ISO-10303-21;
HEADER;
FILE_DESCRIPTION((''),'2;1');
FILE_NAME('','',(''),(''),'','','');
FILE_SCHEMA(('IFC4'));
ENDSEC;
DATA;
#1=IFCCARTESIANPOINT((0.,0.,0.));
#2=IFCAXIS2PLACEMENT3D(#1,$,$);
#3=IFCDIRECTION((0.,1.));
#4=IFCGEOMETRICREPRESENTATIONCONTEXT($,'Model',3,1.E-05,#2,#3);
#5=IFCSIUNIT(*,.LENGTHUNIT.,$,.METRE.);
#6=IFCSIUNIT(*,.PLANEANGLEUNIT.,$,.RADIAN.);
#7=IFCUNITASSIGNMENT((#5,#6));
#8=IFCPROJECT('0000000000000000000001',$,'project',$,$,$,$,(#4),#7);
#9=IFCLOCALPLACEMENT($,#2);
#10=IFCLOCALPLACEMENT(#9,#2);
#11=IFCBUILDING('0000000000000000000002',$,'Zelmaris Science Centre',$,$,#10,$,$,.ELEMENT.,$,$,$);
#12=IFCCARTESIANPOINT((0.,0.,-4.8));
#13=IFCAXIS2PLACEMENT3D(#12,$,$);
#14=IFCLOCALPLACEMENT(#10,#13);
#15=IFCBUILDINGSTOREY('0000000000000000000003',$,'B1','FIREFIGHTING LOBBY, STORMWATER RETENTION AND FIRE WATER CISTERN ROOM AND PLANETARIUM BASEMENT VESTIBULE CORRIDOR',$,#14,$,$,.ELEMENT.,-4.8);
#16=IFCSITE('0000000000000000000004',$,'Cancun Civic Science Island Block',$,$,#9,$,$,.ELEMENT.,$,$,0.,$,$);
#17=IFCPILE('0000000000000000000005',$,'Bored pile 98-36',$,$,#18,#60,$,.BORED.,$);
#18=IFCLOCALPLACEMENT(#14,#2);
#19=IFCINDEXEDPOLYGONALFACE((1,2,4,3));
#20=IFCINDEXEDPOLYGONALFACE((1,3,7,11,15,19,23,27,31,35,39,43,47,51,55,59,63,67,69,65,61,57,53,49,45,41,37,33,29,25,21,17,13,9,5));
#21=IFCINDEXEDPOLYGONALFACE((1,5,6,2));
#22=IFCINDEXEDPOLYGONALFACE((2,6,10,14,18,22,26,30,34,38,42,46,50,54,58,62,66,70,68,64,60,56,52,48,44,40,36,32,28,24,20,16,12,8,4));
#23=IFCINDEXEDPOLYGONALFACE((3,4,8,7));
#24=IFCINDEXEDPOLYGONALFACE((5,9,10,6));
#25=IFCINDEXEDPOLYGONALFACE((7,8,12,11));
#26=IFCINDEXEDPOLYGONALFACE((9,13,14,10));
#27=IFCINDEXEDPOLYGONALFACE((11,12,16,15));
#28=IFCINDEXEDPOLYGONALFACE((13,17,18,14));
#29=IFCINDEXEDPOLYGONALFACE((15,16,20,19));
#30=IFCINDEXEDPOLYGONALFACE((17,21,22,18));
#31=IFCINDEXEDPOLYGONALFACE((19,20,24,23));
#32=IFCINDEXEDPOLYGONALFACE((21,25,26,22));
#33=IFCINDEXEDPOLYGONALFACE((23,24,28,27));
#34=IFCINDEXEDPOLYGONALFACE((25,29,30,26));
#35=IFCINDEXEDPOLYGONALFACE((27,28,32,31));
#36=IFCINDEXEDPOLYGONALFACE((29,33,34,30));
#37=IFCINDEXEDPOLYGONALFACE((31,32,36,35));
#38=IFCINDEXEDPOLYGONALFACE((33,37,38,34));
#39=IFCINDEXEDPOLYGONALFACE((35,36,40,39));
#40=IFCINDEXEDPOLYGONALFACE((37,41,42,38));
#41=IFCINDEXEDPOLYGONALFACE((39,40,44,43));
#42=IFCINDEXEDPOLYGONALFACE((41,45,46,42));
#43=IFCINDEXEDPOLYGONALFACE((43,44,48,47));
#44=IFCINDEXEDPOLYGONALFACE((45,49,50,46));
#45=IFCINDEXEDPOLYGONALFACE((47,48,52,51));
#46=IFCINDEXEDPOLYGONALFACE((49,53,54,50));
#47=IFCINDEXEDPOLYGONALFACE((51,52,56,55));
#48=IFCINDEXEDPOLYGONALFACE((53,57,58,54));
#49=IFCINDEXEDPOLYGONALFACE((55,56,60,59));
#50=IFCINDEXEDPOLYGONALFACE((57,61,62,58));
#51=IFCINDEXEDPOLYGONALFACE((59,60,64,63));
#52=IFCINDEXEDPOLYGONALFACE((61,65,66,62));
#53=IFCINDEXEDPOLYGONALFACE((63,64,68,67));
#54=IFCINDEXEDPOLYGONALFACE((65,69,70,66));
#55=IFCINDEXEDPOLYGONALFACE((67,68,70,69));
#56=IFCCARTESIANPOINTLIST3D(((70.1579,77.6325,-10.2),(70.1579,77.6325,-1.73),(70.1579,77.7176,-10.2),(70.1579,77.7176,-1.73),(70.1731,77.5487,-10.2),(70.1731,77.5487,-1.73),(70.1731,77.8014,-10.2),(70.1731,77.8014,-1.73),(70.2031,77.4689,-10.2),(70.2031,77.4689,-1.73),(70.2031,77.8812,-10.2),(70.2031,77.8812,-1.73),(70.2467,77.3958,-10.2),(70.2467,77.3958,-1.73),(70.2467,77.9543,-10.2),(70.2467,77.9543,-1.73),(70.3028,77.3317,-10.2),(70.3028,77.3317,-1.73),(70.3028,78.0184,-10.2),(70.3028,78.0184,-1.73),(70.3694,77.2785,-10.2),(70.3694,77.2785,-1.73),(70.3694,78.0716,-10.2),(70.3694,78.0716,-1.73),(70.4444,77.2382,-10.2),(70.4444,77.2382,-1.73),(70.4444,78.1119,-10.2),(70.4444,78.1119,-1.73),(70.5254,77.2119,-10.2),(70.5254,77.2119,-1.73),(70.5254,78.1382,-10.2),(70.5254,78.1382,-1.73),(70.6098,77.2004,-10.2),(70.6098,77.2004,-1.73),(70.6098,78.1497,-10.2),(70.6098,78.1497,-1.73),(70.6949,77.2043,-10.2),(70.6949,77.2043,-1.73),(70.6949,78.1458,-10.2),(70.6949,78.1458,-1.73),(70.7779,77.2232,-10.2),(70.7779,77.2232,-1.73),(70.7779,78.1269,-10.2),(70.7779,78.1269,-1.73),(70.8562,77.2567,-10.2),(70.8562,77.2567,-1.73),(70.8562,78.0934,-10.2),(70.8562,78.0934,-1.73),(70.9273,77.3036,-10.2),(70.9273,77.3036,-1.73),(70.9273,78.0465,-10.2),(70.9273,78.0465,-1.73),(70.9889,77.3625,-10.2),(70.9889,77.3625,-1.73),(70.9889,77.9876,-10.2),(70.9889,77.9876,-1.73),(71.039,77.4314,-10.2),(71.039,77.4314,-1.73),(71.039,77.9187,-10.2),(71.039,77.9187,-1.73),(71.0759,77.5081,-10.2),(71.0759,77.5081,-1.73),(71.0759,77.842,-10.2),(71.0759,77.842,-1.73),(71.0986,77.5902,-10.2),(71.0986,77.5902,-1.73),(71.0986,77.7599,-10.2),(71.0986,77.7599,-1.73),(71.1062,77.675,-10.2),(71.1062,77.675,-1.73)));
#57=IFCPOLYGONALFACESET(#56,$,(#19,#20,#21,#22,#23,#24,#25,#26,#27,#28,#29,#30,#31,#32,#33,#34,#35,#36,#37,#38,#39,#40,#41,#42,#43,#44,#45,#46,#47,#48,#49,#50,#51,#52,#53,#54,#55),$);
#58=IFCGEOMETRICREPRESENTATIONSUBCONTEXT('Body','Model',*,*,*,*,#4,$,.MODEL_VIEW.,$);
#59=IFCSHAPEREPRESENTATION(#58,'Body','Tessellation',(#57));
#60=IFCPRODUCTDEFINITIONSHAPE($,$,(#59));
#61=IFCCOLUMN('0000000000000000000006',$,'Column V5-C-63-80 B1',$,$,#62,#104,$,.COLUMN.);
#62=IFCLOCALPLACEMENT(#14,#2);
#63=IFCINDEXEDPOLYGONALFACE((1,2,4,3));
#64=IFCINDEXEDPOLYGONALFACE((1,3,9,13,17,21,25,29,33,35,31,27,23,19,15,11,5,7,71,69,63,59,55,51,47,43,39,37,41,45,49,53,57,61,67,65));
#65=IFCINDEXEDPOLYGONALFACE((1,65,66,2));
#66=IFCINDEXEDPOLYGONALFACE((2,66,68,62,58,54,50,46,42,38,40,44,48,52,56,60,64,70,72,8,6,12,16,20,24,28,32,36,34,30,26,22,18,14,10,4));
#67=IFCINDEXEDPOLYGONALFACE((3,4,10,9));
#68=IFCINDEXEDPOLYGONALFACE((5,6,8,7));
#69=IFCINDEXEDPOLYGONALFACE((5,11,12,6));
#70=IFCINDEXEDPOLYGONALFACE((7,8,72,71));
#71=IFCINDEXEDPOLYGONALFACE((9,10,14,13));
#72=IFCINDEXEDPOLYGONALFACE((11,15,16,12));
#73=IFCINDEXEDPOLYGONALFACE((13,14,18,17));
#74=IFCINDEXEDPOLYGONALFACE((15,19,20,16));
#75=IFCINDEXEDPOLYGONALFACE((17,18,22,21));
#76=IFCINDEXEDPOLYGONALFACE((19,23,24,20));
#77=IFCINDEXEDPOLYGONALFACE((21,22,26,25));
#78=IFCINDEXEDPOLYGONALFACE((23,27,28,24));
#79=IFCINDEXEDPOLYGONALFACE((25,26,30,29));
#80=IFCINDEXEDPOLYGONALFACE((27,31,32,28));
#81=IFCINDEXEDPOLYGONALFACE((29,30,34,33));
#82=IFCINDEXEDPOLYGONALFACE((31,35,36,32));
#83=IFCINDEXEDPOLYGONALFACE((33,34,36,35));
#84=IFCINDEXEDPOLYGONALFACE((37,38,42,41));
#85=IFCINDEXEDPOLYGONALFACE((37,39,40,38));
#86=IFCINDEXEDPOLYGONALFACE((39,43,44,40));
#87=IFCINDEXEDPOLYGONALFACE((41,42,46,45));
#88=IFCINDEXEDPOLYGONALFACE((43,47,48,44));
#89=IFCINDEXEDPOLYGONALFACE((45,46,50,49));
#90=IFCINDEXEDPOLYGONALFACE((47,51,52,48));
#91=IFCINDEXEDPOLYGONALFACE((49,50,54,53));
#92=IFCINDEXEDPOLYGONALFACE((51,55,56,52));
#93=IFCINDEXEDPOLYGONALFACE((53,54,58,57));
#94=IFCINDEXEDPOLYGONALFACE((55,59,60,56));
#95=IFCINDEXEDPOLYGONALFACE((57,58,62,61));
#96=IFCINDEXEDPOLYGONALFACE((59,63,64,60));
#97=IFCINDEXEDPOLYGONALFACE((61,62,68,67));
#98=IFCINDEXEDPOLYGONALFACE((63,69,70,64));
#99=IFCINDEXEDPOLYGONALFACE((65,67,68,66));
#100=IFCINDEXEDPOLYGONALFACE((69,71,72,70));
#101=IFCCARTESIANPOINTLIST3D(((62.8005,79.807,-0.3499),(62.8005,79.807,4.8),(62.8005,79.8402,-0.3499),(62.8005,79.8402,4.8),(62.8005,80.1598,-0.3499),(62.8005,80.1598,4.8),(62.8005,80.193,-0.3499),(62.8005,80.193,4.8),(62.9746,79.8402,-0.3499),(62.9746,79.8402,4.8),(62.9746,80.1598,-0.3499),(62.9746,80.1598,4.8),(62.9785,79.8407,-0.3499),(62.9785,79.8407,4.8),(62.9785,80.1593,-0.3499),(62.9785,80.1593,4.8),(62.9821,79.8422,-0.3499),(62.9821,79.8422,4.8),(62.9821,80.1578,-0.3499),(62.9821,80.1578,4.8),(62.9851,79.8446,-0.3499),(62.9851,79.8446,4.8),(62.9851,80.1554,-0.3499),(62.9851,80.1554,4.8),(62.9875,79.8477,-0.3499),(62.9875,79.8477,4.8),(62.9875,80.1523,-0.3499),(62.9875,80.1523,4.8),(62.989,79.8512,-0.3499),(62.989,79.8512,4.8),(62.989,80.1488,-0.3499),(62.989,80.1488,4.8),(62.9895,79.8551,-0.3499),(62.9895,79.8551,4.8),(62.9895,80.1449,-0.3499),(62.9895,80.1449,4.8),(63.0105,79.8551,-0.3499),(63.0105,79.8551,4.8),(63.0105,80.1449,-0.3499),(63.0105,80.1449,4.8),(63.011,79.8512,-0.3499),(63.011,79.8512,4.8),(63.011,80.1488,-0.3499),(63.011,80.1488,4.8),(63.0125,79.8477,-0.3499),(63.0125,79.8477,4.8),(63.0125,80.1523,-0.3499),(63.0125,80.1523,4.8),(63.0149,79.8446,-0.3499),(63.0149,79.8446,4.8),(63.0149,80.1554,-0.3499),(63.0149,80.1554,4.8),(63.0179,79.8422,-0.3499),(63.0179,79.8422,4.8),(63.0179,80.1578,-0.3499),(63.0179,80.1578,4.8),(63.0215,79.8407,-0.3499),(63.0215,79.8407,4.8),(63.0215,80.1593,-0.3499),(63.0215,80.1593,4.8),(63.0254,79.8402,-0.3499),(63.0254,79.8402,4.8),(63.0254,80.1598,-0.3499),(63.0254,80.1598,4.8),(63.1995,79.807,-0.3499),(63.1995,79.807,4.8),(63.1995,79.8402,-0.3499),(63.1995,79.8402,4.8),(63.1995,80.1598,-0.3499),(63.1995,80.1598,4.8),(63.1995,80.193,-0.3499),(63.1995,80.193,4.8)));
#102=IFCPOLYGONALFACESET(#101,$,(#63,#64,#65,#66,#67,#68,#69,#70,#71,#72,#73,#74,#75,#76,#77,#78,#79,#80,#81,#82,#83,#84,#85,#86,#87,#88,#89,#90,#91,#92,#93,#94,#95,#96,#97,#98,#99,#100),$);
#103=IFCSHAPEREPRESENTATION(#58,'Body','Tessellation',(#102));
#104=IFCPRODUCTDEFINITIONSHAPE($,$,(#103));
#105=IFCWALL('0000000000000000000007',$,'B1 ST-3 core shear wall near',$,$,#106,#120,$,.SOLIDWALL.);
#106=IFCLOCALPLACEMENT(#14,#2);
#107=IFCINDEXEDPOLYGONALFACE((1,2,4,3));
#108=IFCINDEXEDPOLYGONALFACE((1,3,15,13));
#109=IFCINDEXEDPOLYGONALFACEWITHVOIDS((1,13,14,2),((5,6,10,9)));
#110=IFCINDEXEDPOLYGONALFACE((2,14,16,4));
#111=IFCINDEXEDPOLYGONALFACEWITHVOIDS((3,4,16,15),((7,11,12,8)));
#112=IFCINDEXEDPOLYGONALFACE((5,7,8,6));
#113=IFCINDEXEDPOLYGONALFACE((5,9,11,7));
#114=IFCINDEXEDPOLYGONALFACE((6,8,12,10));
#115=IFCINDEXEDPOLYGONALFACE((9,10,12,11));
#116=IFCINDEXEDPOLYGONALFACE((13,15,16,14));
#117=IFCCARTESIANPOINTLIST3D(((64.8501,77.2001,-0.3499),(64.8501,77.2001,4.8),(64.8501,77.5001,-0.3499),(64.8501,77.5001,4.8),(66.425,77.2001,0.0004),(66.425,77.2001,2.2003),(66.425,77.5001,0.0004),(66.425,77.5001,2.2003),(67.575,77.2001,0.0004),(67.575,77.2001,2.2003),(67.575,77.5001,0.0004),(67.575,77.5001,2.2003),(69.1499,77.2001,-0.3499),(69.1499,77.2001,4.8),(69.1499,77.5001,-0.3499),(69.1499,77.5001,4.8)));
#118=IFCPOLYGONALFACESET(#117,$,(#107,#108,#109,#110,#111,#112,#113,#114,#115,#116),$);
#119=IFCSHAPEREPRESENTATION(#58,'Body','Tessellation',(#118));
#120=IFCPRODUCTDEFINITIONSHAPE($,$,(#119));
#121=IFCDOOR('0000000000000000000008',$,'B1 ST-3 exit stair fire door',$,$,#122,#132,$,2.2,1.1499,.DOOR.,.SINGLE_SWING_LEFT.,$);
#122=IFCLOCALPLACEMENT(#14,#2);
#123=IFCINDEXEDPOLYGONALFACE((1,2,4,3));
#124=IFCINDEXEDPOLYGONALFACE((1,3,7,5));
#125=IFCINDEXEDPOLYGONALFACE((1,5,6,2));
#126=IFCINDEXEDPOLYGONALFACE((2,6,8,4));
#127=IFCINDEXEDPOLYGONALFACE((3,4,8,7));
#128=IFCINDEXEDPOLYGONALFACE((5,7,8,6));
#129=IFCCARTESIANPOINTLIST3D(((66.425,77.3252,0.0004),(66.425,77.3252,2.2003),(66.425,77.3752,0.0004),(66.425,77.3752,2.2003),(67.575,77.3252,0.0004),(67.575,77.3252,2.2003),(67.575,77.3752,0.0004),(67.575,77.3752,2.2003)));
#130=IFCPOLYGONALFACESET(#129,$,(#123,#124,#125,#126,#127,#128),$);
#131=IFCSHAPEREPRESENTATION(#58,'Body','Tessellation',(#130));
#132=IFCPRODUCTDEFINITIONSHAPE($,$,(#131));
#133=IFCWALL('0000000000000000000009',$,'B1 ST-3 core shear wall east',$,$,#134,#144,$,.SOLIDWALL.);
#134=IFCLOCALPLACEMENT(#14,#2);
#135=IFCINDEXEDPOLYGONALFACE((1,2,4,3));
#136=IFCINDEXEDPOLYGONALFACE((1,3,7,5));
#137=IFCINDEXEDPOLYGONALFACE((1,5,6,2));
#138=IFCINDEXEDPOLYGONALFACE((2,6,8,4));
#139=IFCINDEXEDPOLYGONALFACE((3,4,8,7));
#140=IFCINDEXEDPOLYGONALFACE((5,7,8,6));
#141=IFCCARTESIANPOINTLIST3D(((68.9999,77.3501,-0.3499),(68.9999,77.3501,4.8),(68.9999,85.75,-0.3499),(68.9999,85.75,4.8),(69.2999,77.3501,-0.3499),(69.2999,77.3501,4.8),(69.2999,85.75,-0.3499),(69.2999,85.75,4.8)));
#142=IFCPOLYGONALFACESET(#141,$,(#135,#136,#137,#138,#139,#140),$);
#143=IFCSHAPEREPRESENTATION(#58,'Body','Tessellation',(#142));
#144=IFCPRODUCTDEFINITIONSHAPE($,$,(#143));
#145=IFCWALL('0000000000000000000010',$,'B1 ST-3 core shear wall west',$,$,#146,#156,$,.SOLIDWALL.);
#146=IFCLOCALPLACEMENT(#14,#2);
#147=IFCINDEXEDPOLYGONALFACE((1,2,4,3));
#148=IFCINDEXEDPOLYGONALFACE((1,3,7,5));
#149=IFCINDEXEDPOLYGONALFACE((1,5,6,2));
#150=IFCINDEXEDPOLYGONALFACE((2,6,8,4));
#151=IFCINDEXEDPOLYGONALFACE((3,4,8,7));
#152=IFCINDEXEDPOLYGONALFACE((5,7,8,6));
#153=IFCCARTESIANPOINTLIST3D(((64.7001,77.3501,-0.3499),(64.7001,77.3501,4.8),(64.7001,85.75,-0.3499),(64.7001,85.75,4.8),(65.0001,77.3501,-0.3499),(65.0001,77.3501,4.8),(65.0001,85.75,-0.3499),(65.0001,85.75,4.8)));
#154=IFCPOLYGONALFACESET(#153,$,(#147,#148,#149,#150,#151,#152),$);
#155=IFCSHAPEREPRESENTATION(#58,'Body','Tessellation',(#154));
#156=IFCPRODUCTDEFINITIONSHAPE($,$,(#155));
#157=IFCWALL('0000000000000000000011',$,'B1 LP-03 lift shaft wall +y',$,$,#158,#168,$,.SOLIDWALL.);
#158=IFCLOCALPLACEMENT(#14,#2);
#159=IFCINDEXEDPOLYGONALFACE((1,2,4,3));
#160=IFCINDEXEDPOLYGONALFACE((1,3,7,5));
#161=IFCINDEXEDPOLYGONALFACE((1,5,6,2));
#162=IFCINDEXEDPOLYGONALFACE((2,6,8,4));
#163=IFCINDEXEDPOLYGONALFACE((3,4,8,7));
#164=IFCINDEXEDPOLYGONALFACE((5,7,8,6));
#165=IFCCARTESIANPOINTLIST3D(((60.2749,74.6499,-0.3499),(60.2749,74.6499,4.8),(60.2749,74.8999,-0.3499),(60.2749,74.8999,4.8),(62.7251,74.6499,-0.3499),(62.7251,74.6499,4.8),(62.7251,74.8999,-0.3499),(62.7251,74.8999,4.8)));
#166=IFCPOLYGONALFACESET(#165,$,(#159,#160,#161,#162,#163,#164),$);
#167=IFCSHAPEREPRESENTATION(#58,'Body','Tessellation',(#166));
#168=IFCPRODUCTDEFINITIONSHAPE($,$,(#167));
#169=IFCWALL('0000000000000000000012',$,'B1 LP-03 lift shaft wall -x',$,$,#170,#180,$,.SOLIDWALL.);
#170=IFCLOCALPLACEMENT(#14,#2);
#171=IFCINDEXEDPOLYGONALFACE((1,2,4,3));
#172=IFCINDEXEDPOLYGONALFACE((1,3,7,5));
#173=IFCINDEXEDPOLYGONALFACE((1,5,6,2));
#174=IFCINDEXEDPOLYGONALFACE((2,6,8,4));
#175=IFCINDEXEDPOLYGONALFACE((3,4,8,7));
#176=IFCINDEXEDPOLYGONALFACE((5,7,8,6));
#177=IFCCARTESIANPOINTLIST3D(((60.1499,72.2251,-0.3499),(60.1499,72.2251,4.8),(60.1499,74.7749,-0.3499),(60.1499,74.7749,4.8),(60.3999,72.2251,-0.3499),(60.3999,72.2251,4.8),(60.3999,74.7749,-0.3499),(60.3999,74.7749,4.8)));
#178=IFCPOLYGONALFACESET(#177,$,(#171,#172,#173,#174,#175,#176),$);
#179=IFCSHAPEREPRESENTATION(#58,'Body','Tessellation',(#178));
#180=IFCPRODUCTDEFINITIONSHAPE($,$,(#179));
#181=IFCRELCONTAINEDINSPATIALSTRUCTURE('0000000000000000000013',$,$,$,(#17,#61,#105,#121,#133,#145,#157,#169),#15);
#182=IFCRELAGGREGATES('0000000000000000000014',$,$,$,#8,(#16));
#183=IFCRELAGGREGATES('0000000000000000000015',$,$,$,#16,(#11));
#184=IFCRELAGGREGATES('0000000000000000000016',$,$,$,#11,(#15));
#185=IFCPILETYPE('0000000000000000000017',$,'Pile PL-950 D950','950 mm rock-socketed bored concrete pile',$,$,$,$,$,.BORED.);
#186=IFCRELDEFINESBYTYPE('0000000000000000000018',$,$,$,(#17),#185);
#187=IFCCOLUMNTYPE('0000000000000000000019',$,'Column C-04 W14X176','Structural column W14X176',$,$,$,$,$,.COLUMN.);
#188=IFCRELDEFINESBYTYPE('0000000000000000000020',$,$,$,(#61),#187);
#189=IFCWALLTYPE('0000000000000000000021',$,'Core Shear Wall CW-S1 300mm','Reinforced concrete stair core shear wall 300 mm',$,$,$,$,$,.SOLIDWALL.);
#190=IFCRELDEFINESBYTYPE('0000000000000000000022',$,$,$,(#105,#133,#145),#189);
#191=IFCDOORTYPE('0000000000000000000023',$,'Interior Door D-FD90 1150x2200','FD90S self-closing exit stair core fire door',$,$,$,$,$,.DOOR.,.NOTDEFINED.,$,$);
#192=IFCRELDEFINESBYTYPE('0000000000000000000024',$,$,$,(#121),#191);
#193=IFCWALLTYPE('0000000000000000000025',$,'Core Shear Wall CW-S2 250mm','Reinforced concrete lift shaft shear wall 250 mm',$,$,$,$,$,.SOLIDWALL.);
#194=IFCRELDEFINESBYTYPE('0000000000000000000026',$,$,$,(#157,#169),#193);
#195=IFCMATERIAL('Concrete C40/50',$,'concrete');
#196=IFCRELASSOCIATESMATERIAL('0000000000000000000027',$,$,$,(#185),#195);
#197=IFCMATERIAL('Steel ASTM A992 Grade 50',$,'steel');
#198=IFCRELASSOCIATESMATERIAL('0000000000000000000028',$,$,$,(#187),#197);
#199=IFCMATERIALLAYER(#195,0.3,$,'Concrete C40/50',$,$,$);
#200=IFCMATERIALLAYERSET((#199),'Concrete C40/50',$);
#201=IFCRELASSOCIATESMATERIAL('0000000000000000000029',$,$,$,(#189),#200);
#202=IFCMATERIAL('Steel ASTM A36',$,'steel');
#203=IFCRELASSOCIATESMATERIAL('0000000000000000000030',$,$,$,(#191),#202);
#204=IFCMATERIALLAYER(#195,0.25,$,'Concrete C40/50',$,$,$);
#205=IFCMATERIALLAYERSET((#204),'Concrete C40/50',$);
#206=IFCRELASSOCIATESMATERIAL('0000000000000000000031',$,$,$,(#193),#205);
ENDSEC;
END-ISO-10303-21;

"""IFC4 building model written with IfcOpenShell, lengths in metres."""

from ifc_helpers import new_model, si_unit, direction, frame, frame_2d, origin, origin_2d, place, context, subcontext, project, spatial, rectangle, circle, i_section, extrude, material, layer, layer_set, material_profile, profile_set, type_object, element, fill, save


model = new_model("IFC4")

# Units and contexts
model_context = context("Model", 3, precision=1e-05, world=origin(), true_north=direction((0.0, 1.0)))
body_context = subcontext(model_context, "Body", "Model", "MODEL_VIEW")
ifc_project = project(units=[si_unit("LENGTHUNIT", "METRE"), si_unit("PLANEANGLEUNIT", "RADIAN")], contexts=[model_context])

# Site, building, storey
site_placement = place(None, origin())
site = spatial("IfcSite", under=ifc_project, at=site_placement, Name="Cancun Civic Science Island Block", CompositionType="ELEMENT", RefElevation=0.0)
building_placement = place(site_placement, origin())
building = spatial("IfcBuilding", under=site, at=building_placement, Name="Zelmaris Science Centre", CompositionType="ELEMENT")
storey_placement = place(building_placement, frame((0.0, 0.0, -4.8)))
storey = spatial("IfcBuildingStorey", under=building, at=storey_placement, Name="B1", Description="FIREFIGHTING LOBBY, STORMWATER RETENTION AND FIRE WATER CISTERN ROOM AND PLANETARIUM BASEMENT VESTIBULE CORRIDOR", CompositionType="ELEMENT", Elevation=-4.8)

# Pile
ifc_material_1 = material(Name="Concrete C40/50", Category="concrete")
ifc_material_profile_1 = material_profile(ifc_material_1, circle(Radius=0.4751, at=origin_2d()), Name="PILE-950")
ifc_profile_set_1 = profile_set([ifc_material_profile_1], Name="Concrete C40/50")
pile_type = type_object("IfcPileType", Name="Pile PL-950 D950", Description="950 mm rock-socketed bored concrete pile", PredefinedType="BORED", material=ifc_profile_set_1)
for number, where, z_axis, x_axis, name in (
    (1, (70.6311, 77.675, -1.73), (0.0, 0.0, -1.0), (1.0, 0.0, 0.0), "Bored pile 98-36"),
):
    element("IfcPile", number, at=place(storey_placement, frame(where, z_axis=z_axis, x_axis=x_axis)), inside=storey, type_object=pile_type, Name=name, PredefinedType="BORED", context=body_context, shape_type="SweptSolid", body=[
        extrude(circle(Radius=0.4751, at=origin_2d()), origin(), (0.0, 0.0, 1.0), 8.47),
    ])

# Column
ifc_material_2 = material(Name="Steel ASTM A992 Grade 50", Category="steel")
ifc_material_profile_2 = material_profile(ifc_material_2, i_section(OverallWidth=0.3989, OverallDepth=0.386, WebThickness=0.021, FlangeThickness=0.0332, FilletRadius=0.0149, at=origin_2d()), Name="W14X176")
ifc_profile_set_2 = profile_set([ifc_material_profile_2], Name="Steel ASTM A992 Grade 50")
column_type = type_object("IfcColumnType", Name="Column C-04 W14X176", Description="Structural column W14X176", PredefinedType="COLUMN", material=ifc_profile_set_2)
column_placement = place(storey_placement, frame((63.0, 80.0, -0.3499), z_axis=(0.0, 0.0, 1.0), x_axis=(1.0, 0.0, 0.0)))
element("IfcColumn", 2, at=column_placement, inside=storey, type_object=column_type, Name="Column V5-C-63-80 B1", PredefinedType="COLUMN", context=body_context, shape_type="SweptSolid", body=[
    extrude(i_section(OverallWidth=0.3989, OverallDepth=0.386, WebThickness=0.021, FlangeThickness=0.0332, FilletRadius=0.0149, at=origin_2d()), origin(), (0.0, 0.0, 1.0), 5.1499),
])

# Wall, opening, door
ifc_layer_1 = layer(ifc_material_1, 0.3, Name="Concrete C40/50")
ifc_layer_set_1 = layer_set([ifc_layer_1], Name="Concrete C40/50")
wall_type_1 = type_object("IfcWallType", Name="Core Shear Wall CW-S1 300mm", Description="Reinforced concrete stair core shear wall 300 mm", PredefinedType="SOLIDWALL", material=ifc_layer_set_1)
wall_1_placement = place(storey_placement, frame((69.1499, 77.3501, -0.3499), z_axis=(0.0, 0.0, 1.0), x_axis=(-1.0, 0.0, 0.0)))
wall_1 = element("IfcWall", 3, at=wall_1_placement, inside=storey, type_object=wall_type_1, Name="B1 ST-3 core shear wall near", PredefinedType="SOLIDWALL", context=body_context, shape_type="SweptSolid", body=[
    extrude(rectangle(XDim=4.2998, YDim=0.3, at=frame_2d((2.1499, 0.0))), origin(), (0.0, 0.0, 1.0), 5.1499),
])
opening_placement = place(wall_1_placement, frame((1.575, 0.0, 0.3501)))
opening = element("IfcOpeningElement", 4, at=opening_placement, cuts=wall_1, PredefinedType="OPENING", context=body_context, shape_type="SweptSolid", body=[
    extrude(rectangle(XDim=1.1499, YDim=2.2, at=frame_2d((0.575, 1.1001))), frame((0.0, 0.1599, 0.0), z_axis=(0.0, -1.0, 0.0), x_axis=(1.0, 0.0, 0.0)), (0.0, 0.0, 1.0), 0.3201),
])
ifc_material_3 = material(Name="Steel ASTM A36", Category="steel")
door_type = type_object("IfcDoorType", Name="Interior Door D-FD90 1150x2200", Description="FD90S self-closing exit stair core fire door", OperationType="NOTDEFINED", PredefinedType="DOOR", material=ifc_material_3)
door_placement = place(opening_placement, origin())
door = element("IfcDoor", 5, at=door_placement, inside=storey, type_object=door_type, Name="B1 ST-3 exit stair fire door", OperationType="SINGLE_SWING_LEFT", OverallHeight=2.2, OverallWidth=1.1499, PredefinedType="DOOR", context=body_context, shape_type="SweptSolid", body=[
    extrude(rectangle(XDim=1.1499, YDim=2.2, at=frame_2d((0.575, 1.1001))), frame((0.0, 0.0249, 0.0), z_axis=(0.0, -1.0, 0.0), x_axis=(1.0, 0.0, 0.0)), (0.0, 0.0, 1.0), 0.05),
])
fill(opening, door)

# Walls
for number, where, z_axis, x_axis, name in (
    (6, (69.1499, 77.3501, -0.3499), (0.0, 0.0, 1.0), (0.0, 1.0, 0.0), "B1 ST-3 core shear wall east"),
    (7, (64.8501, 77.3501, -0.3499), (0.0, 0.0, 1.0), (0.0, 1.0, 0.0), "B1 ST-3 core shear wall west"),
):
    element("IfcWall", number, at=place(storey_placement, frame(where, z_axis=z_axis, x_axis=x_axis)), inside=storey, type_object=wall_type_1, Name=name, PredefinedType="SOLIDWALL", context=body_context, shape_type="SweptSolid", body=[
        extrude(rectangle(XDim=8.3999, YDim=0.3, at=frame_2d((4.2, 0.0))), origin(), (0.0, 0.0, 1.0), 5.1499),
    ])
ifc_layer_2 = layer(ifc_material_1, 0.25, Name="Concrete C40/50")
ifc_layer_set_2 = layer_set([ifc_layer_2], Name="Concrete C40/50")
wall_type_2 = type_object("IfcWallType", Name="Core Shear Wall CW-S2 250mm", Description="Reinforced concrete lift shaft shear wall 250 mm", PredefinedType="SOLIDWALL", material=ifc_layer_set_2)
wall_2_placement = place(storey_placement, frame((62.7251, 74.7749, -0.3499), z_axis=(0.0, 0.0, 1.0), x_axis=(-1.0, 0.0, 0.0)))
element("IfcWall", 8, at=wall_2_placement, inside=storey, type_object=wall_type_2, Name="B1 LP-03 lift shaft wall +y", PredefinedType="SOLIDWALL", context=body_context, shape_type="SweptSolid", body=[
    extrude(rectangle(XDim=2.4502, YDim=0.25, at=frame_2d((1.2251, 0.0))), origin(), (0.0, 0.0, 1.0), 5.1499),
])
wall_3_placement = place(storey_placement, frame((60.2749, 74.7749, -0.3499), z_axis=(0.0, 0.0, 1.0), x_axis=(0.0, -1.0, 0.0)))
element("IfcWall", 9, at=wall_3_placement, inside=storey, type_object=wall_type_2, Name="B1 LP-03 lift shaft wall -x", PredefinedType="SOLIDWALL", context=body_context, shape_type="SweptSolid", body=[
    extrude(rectangle(XDim=2.5498, YDim=0.25, at=frame_2d((1.2749, 0.0))), origin(), (0.0, 0.0, 1.0), 5.1499),
])

save(model, "model.ifc")
